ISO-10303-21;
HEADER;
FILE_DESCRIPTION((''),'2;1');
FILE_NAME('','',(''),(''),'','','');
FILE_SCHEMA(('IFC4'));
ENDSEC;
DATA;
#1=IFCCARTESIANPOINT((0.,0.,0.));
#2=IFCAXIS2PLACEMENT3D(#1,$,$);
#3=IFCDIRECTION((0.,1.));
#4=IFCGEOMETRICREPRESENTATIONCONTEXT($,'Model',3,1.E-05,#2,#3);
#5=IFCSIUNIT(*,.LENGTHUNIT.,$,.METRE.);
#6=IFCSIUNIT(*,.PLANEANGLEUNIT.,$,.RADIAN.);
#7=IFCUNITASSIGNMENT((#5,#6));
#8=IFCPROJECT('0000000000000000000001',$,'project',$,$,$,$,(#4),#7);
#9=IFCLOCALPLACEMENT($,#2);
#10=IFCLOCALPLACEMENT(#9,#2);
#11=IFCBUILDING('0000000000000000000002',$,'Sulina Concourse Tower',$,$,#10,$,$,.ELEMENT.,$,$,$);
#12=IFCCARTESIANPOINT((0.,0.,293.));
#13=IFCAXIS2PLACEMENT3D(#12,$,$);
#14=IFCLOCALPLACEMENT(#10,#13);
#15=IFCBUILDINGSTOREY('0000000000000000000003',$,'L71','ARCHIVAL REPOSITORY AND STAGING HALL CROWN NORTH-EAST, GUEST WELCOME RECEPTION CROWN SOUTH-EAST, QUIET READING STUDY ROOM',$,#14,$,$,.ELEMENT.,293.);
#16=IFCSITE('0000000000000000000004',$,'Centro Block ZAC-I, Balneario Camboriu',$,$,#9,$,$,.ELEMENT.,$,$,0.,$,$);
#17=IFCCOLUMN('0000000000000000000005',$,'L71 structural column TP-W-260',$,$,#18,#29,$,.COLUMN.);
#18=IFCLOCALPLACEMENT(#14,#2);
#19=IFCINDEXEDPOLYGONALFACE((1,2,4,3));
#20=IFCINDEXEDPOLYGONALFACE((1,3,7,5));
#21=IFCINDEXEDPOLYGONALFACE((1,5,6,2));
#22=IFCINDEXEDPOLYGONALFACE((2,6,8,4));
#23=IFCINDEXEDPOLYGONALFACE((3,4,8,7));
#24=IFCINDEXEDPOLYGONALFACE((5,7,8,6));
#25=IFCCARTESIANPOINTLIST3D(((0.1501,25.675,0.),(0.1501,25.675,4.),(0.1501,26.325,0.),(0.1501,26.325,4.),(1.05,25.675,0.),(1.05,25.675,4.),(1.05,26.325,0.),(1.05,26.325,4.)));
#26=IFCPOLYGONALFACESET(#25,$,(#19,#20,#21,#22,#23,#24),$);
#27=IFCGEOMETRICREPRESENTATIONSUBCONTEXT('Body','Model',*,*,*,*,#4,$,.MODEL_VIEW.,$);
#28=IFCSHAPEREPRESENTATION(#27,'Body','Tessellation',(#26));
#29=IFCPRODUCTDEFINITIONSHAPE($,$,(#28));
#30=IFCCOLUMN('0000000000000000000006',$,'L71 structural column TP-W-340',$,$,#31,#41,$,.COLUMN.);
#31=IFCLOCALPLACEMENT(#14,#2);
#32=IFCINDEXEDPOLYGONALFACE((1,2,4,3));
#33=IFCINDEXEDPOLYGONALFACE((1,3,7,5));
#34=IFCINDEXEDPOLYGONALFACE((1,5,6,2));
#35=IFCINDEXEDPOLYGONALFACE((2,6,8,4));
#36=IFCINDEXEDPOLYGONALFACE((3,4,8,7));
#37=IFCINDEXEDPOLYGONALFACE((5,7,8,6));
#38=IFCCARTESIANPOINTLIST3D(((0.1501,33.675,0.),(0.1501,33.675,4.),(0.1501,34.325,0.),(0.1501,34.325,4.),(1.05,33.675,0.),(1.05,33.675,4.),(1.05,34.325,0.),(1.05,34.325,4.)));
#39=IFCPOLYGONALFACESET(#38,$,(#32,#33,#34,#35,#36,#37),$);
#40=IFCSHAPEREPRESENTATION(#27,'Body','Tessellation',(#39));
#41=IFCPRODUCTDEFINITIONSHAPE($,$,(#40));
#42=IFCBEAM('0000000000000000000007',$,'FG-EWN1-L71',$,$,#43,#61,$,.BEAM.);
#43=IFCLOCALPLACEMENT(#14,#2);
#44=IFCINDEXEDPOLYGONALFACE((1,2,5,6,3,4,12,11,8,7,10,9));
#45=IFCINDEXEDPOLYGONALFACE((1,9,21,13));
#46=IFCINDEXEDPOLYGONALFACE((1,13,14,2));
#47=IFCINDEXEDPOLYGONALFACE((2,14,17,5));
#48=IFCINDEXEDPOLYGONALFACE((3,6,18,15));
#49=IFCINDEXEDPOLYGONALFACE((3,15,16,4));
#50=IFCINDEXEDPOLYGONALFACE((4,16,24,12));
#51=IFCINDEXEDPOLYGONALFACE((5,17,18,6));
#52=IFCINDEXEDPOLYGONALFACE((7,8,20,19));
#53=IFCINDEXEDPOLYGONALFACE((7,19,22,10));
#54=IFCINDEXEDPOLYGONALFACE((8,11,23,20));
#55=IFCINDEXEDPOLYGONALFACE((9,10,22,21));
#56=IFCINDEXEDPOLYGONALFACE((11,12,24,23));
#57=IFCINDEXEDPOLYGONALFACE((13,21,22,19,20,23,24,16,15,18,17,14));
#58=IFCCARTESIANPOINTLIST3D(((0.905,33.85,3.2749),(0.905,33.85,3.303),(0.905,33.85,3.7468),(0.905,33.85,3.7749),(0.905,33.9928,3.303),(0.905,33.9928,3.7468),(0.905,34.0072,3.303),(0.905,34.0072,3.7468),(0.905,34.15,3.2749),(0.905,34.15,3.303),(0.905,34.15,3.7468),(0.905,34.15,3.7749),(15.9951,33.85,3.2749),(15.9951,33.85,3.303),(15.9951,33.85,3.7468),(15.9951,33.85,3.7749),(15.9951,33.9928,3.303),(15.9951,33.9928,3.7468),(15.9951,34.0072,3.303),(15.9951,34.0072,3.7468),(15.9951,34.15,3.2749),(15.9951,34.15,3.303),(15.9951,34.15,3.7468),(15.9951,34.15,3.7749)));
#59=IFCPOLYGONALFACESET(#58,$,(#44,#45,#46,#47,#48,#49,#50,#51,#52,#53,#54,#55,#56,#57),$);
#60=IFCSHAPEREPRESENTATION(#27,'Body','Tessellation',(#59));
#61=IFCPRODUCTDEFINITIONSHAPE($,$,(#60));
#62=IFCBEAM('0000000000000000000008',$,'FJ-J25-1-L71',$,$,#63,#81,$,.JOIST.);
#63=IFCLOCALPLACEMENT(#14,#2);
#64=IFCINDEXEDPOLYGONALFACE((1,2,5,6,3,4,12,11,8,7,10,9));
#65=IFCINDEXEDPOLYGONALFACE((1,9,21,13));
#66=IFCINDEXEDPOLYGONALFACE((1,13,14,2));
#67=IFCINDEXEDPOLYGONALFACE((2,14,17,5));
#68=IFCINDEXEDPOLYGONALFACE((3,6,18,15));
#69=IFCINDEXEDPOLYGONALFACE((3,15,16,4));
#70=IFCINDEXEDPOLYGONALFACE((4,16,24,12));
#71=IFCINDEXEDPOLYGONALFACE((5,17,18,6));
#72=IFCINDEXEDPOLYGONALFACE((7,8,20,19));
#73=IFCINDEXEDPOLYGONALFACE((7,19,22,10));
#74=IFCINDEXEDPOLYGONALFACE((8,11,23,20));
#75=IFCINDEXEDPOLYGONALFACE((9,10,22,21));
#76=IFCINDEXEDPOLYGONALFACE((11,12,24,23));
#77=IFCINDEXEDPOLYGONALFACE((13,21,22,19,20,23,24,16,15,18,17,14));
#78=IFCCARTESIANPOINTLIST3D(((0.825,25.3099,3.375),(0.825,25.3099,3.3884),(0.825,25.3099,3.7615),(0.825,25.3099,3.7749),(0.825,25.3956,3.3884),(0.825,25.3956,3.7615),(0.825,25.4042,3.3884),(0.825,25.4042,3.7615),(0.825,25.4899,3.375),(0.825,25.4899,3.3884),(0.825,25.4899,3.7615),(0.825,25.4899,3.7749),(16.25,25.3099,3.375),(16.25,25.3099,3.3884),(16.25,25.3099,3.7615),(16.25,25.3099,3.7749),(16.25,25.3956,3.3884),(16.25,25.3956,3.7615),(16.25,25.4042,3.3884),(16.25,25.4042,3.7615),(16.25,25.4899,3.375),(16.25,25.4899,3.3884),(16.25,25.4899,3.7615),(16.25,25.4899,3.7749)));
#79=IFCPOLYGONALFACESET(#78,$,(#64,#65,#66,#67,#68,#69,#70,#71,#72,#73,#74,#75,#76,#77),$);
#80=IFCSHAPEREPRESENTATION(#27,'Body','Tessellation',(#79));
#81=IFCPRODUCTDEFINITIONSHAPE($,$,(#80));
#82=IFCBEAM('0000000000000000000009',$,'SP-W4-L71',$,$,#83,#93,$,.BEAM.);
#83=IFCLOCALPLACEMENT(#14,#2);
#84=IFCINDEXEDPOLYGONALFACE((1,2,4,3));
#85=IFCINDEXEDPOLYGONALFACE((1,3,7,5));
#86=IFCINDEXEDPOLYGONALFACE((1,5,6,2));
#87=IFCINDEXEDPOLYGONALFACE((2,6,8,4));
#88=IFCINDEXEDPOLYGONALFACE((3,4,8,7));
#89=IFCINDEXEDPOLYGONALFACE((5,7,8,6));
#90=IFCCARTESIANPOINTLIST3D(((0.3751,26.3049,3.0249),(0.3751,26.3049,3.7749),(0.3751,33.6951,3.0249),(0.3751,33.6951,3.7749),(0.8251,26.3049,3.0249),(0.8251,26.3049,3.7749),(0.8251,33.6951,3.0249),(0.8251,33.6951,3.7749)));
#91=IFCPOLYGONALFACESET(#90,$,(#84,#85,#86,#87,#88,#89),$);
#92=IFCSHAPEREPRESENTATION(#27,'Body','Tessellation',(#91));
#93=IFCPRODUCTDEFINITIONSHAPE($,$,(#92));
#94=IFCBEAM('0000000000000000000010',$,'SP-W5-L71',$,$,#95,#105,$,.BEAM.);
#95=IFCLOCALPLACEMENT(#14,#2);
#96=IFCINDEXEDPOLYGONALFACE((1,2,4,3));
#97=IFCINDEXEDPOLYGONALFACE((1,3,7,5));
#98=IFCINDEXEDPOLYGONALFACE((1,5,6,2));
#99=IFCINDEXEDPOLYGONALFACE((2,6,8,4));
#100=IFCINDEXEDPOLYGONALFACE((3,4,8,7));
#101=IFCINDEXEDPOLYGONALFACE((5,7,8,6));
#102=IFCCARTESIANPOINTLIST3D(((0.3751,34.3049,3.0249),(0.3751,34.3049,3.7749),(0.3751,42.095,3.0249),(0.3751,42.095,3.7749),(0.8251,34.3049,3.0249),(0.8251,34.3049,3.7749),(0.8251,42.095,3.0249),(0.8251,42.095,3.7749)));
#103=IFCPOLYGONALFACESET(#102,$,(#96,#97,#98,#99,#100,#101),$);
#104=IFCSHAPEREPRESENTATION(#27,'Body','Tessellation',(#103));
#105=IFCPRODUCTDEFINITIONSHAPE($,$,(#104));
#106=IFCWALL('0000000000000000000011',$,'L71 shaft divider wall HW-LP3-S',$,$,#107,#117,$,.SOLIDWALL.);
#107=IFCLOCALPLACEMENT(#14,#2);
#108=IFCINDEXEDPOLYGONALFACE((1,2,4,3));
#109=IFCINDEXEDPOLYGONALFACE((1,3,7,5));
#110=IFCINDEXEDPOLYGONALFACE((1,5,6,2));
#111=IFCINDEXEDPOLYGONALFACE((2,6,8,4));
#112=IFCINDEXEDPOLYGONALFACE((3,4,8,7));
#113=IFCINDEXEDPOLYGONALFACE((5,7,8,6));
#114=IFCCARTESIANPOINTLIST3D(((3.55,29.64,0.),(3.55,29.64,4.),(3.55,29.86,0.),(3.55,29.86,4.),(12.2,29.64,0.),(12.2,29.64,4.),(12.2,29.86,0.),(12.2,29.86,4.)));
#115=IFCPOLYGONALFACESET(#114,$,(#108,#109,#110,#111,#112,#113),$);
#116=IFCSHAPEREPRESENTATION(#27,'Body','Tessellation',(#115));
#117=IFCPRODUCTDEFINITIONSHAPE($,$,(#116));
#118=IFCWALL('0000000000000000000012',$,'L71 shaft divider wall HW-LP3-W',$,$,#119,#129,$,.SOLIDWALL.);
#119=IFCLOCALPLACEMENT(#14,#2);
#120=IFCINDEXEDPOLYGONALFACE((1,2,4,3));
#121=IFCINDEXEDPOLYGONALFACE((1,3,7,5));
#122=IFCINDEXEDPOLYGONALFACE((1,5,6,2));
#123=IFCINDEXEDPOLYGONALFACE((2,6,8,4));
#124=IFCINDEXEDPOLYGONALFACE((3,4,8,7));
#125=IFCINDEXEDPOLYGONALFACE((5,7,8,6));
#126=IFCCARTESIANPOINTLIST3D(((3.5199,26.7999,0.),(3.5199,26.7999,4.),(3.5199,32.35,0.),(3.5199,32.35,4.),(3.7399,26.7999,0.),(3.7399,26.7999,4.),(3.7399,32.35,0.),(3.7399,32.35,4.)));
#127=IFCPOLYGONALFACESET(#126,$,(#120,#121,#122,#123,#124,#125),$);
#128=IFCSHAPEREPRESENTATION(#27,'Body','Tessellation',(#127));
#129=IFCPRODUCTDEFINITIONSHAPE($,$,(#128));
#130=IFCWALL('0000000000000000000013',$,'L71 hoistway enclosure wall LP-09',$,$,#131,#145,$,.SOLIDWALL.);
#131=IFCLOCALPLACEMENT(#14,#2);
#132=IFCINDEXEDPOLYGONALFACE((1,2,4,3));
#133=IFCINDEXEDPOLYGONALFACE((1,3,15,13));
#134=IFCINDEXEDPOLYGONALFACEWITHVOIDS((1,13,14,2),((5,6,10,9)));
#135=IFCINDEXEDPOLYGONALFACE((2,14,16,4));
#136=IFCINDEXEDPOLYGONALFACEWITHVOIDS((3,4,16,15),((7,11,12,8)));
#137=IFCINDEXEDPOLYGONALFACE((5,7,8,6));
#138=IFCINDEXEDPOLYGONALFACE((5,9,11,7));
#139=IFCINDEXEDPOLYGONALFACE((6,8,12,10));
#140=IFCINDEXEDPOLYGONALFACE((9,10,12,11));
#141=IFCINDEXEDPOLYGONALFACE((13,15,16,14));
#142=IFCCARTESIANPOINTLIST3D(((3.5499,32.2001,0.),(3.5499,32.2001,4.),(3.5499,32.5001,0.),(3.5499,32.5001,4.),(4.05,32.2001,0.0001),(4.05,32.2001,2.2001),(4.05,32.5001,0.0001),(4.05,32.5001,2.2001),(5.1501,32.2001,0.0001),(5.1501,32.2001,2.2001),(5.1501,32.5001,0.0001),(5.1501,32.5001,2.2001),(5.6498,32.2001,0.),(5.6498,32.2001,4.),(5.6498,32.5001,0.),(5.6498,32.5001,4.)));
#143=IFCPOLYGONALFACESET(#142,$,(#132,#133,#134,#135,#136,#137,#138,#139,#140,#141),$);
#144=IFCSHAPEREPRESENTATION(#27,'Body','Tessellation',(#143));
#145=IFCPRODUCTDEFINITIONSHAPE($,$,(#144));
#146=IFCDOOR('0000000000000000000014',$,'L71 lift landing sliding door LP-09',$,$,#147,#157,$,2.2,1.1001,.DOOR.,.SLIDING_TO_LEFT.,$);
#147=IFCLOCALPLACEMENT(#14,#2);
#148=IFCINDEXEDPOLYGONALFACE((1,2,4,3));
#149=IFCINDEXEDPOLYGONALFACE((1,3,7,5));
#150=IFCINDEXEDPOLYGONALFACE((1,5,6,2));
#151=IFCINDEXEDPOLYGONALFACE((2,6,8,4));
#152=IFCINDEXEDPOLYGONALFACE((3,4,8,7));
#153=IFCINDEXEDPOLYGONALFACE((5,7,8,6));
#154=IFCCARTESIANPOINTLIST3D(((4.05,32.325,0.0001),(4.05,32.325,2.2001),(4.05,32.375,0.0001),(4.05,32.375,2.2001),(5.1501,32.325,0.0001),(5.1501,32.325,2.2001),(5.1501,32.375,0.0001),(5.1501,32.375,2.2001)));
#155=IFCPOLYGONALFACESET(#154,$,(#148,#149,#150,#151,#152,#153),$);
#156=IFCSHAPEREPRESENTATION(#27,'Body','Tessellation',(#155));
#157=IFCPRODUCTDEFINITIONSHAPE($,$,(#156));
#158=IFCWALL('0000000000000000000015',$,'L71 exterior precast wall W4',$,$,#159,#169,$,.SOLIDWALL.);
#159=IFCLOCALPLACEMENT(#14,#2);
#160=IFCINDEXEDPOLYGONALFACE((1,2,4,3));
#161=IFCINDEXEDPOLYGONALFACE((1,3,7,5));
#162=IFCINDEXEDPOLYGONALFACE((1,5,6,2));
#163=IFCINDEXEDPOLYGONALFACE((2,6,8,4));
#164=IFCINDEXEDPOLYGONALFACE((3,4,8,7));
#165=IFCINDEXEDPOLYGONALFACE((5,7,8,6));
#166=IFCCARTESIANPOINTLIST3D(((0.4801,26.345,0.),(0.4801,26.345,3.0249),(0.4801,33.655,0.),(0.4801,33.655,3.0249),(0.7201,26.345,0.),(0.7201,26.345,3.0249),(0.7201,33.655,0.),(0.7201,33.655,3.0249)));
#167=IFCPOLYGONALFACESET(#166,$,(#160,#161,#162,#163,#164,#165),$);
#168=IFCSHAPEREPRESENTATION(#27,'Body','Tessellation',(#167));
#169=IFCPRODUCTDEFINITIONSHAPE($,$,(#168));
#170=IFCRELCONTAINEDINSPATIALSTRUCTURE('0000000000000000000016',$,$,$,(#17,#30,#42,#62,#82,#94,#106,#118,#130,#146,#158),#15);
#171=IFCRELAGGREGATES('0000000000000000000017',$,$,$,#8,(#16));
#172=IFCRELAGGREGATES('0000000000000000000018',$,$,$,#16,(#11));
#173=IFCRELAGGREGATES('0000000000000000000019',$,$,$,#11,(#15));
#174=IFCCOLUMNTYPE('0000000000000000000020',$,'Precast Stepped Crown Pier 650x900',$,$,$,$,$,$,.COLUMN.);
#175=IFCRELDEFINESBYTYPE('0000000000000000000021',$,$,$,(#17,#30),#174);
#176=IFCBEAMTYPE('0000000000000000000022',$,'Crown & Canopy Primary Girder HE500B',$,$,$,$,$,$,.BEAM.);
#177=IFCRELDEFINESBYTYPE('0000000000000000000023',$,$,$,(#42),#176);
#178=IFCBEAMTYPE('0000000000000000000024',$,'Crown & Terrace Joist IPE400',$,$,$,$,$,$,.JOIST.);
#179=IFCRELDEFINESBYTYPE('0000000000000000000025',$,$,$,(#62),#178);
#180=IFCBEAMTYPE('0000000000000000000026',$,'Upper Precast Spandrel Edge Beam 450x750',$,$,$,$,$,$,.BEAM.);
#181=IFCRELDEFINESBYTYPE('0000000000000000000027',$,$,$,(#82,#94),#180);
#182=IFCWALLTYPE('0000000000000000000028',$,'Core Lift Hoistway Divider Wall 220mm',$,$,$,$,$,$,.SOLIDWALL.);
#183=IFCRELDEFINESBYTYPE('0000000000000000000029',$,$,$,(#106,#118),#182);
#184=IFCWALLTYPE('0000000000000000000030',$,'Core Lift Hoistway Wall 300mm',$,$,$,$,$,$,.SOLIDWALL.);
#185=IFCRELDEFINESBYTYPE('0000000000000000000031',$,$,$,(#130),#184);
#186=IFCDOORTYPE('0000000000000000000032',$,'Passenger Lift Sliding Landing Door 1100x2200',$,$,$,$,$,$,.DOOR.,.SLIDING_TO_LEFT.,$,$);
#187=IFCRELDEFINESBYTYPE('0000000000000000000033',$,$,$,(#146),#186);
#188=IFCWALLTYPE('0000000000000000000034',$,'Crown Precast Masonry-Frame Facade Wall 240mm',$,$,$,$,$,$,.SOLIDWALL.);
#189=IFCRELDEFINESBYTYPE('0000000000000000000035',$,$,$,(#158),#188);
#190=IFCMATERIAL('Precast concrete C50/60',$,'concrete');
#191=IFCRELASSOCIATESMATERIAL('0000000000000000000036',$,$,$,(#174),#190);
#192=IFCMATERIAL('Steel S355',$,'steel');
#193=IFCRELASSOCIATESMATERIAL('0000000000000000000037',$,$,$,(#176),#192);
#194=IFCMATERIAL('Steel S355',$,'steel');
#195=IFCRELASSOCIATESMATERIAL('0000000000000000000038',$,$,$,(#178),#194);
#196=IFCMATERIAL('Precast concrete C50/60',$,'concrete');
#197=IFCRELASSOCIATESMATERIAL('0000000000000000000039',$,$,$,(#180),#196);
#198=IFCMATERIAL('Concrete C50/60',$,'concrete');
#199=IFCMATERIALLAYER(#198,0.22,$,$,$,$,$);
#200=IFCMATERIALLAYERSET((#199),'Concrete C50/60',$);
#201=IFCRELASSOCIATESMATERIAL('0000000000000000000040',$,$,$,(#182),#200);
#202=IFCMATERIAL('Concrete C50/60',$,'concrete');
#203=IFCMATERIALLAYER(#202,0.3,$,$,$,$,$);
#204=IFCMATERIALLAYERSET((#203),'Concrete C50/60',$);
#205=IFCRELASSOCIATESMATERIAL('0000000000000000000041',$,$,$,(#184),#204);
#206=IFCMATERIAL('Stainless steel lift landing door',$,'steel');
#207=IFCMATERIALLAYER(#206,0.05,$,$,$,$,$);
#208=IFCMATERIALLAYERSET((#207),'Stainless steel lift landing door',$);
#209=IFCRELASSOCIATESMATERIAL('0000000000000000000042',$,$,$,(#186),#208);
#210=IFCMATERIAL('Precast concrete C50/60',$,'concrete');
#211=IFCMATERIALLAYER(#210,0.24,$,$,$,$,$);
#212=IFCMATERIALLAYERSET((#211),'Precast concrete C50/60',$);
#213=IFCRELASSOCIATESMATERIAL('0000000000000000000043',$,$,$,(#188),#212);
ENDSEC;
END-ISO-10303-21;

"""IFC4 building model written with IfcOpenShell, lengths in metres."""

from ifc_helpers import new_model, si_unit, direction, frame, frame_2d, origin, origin_2d, place, context, subcontext, project, spatial, rectangle, i_section, extrude, material, layer, layer_set, material_profile, profile_set, type_object, element, fill, save


model = new_model("IFC4")

# Units and contexts
model_context = context("Model", 3, precision=1e-05, world=origin(), true_north=direction((0.0, 1.0)))
body_context = subcontext(model_context, "Body", "Model", "MODEL_VIEW")
ifc_project = project(units=[si_unit("LENGTHUNIT", "METRE"), si_unit("PLANEANGLEUNIT", "RADIAN")], contexts=[model_context])

# Site, building, storey
site_placement = place(None, origin())
site = spatial("IfcSite", under=ifc_project, at=site_placement, Name="Centro Block ZAC-I, Balneario Camboriu", CompositionType="ELEMENT", RefElevation=0.0)
building_placement = place(site_placement, origin())
building = spatial("IfcBuilding", under=site, at=building_placement, Name="Sulina Concourse Tower", CompositionType="ELEMENT")
storey_placement = place(building_placement, frame((0.0, 0.0, 293.0)))
storey = spatial("IfcBuildingStorey", under=building, at=storey_placement, Name="L71", Description="ARCHIVAL REPOSITORY AND STAGING HALL CROWN NORTH-EAST, GUEST WELCOME RECEPTION CROWN SOUTH-EAST, QUIET READING STUDY ROOM", CompositionType="ELEMENT", Elevation=293.0)

# Columns
ifc_material_1 = material(Name="Precast concrete C50/60", Category="concrete")
ifc_material_profile_1 = material_profile(ifc_material_1, rectangle(XDim=0.6499, YDim=0.8999, at=origin_2d()), Name="PC 650x900")
ifc_profile_set_1 = profile_set([ifc_material_profile_1], Name="Precast concrete C50/60")
column_type = type_object("IfcColumnType", Name="Precast Stepped Crown Pier 650x900", PredefinedType="COLUMN", material=ifc_profile_set_1)
for number, where, z_axis, x_axis, name in (
    (1, (0.6001, 26.0, 0.0), (0.0, 0.0, 1.0), (0.0, 1.0, 0.0), "L71 structural column TP-W-260"),
    (2, (0.6001, 34.0, 0.0), (0.0, 0.0, 1.0), (0.0, 1.0, 0.0), "L71 structural column TP-W-340"),
):
    element("IfcColumn", number, at=place(storey_placement, frame(where, z_axis=z_axis, x_axis=x_axis)), inside=storey, type_object=column_type, Name=name, PredefinedType="COLUMN", context=body_context, shape_type="SweptSolid", body=[
        extrude(rectangle(XDim=0.6499, YDim=0.8999, at=origin_2d()), origin(), (0.0, 0.0, 1.0), 4.0),
    ])

# Beams
ifc_material_2 = material(Name="Steel S355", Category="steel")
ifc_material_profile_2 = material_profile(ifc_material_2, i_section(OverallWidth=0.3, OverallDepth=0.5, WebThickness=0.0144, FlangeThickness=0.0281, at=origin_2d()), Name="HE 500 B")
ifc_profile_set_2 = profile_set([ifc_material_profile_2], Name="Steel S355")
beam_type_1 = type_object("IfcBeamType", Name="Crown & Canopy Primary Girder HE500B", PredefinedType="BEAM", material=ifc_profile_set_2)
beam_1_placement = place(storey_placement, frame((0.905, 34.0, 3.5249), z_axis=(1.0, 0.0, 0.0), x_axis=(0.0, 1.0, 0.0)))
element("IfcBeam", 3, at=beam_1_placement, inside=storey, type_object=beam_type_1, Name="FG-EWN1-L71", PredefinedType="BEAM", context=body_context, shape_type="SweptSolid", body=[
    extrude(i_section(OverallWidth=0.3, OverallDepth=0.5, WebThickness=0.0144, FlangeThickness=0.0281, at=origin_2d()), origin(), (0.0, 0.0, 1.0), 15.0901),
])
ifc_material_3 = material(Name="Steel S355", Category="steel")
ifc_material_profile_3 = material_profile(ifc_material_3, i_section(OverallWidth=0.1799, OverallDepth=0.3999, WebThickness=0.0085, FlangeThickness=0.0134, at=origin_2d()), Name="IPE 400")
ifc_profile_set_3 = profile_set([ifc_material_profile_3], Name="Steel S355")
beam_type_2 = type_object("IfcBeamType", Name="Crown & Terrace Joist IPE400", PredefinedType="JOIST", material=ifc_profile_set_3)
beam_2_placement = place(storey_placement, frame((0.825, 25.3999, 3.575), z_axis=(1.0, 0.0, 0.0), x_axis=(0.0, 1.0, 0.0)))
element("IfcBeam", 4, at=beam_2_placement, inside=storey, type_object=beam_type_2, Name="FJ-J25-1-L71", PredefinedType="JOIST", context=body_context, shape_type="SweptSolid", body=[
    extrude(i_section(OverallWidth=0.1799, OverallDepth=0.3999, WebThickness=0.0085, FlangeThickness=0.0134, at=origin_2d()), origin(), (0.0, 0.0, 1.0), 15.425),
])
ifc_material_4 = material(Name="Precast concrete C50/60", Category="concrete")
ifc_material_profile_4 = material_profile(ifc_material_4, rectangle(XDim=0.45, YDim=0.75, at=origin_2d()), Name="RC 450x750")
ifc_profile_set_4 = profile_set([ifc_material_profile_4], Name="Precast concrete C50/60")
beam_type_3 = type_object("IfcBeamType", Name="Upper Precast Spandrel Edge Beam 450x750", PredefinedType="BEAM", material=ifc_profile_set_4)
beam_3_placement = place(storey_placement, frame((0.6001, 26.3049, 3.3999), z_axis=(0.0, 1.0, 0.0), x_axis=(-1.0, 0.0, 0.0)))
element("IfcBeam", 5, at=beam_3_placement, inside=storey, type_object=beam_type_3, Name="SP-W4-L71", PredefinedType="BEAM", context=body_context, shape_type="SweptSolid", body=[
    extrude(rectangle(XDim=0.45, YDim=0.75, at=origin_2d()), origin(), (0.0, 0.0, 1.0), 7.3901),
])
beam_4_placement = place(storey_placement, frame((0.6001, 34.3049, 3.3999), z_axis=(0.0, 1.0, 0.0), x_axis=(-1.0, 0.0, 0.0)))
element("IfcBeam", 6, at=beam_4_placement, inside=storey, type_object=beam_type_3, Name="SP-W5-L71", PredefinedType="BEAM", context=body_context, shape_type="SweptSolid", body=[
    extrude(rectangle(XDim=0.45, YDim=0.75, at=origin_2d()), origin(), (0.0, 0.0, 1.0), 7.79),
])

# Walls
ifc_material_5 = material(Name="Concrete C50/60", Category="concrete")
ifc_layer_1 = layer(ifc_material_5, 0.22)
ifc_layer_set_1 = layer_set([ifc_layer_1], Name="Concrete C50/60")
wall_type_1 = type_object("IfcWallType", Name="Core Lift Hoistway Divider Wall 220mm", PredefinedType="SOLIDWALL", material=ifc_layer_set_1)
wall_1_placement = place(storey_placement, frame((3.55, 29.75, 0.0), z_axis=(0.0, 0.0, 1.0), x_axis=(1.0, 0.0, 0.0)))
element("IfcWall", 7, at=wall_1_placement, inside=storey, type_object=wall_type_1, Name="L71 shaft divider wall HW-LP3-S", PredefinedType="SOLIDWALL", context=body_context, shape_type="SweptSolid", body=[
    extrude(rectangle(XDim=8.6499, YDim=0.22, at=frame_2d((4.325, 0.0))), origin(), (0.0, 0.0, 1.0), 4.0),
])
wall_2_placement = place(storey_placement, frame((3.6299, 26.8, 0.0), z_axis=(0.0, 0.0, 1.0), x_axis=(0.0, 1.0, 0.0)))
element("IfcWall", 8, at=wall_2_placement, inside=storey, type_object=wall_type_1, Name="L71 shaft divider wall HW-LP3-W", PredefinedType="SOLIDWALL", context=body_context, shape_type="SweptSolid", body=[
    extrude(rectangle(XDim=5.55, YDim=0.22, at=frame_2d((2.7749, 0.0))), origin(), (0.0, 0.0, 1.0), 4.0),
])

# Wall, opening, door
ifc_material_6 = material(Name="Concrete C50/60", Category="concrete")
ifc_layer_2 = layer(ifc_material_6, 0.3)
ifc_layer_set_2 = layer_set([ifc_layer_2], Name="Concrete C50/60")
wall_type_2 = type_object("IfcWallType", Name="Core Lift Hoistway Wall 300mm", PredefinedType="SOLIDWALL", material=ifc_layer_set_2)
wall_3_placement = place(storey_placement, frame((3.55, 32.3501, 0.0), z_axis=(0.0, 0.0, 1.0), x_axis=(1.0, 0.0, 0.0)))
wall_3 = element("IfcWall", 9, at=wall_3_placement, inside=storey, type_object=wall_type_2, Name="L71 hoistway enclosure wall LP-09", PredefinedType="SOLIDWALL", context=body_context, shape_type="SweptSolid", body=[
    extrude(rectangle(XDim=2.0999, YDim=0.3, at=frame_2d((1.0498, 0.0))), origin(), (0.0, 0.0, 1.0), 4.0),
])
opening_1_placement = place(wall_3_placement, frame((0.5, 0.0, 0.0)))
opening_1 = element("IfcOpeningElement", 10, at=opening_1_placement, cuts=wall_3, PredefinedType="OPENING", context=body_context, shape_type="SweptSolid", body=[
    extrude(rectangle(XDim=1.1001, YDim=2.2, at=frame_2d((0.55, 1.1001))), frame((0.0, 0.1599, 0.0), z_axis=(0.0, -1.0, 0.0), x_axis=(1.0, 0.0, 0.0)), (0.0, 0.0, 1.0), 0.3201),
])
ifc_material_7 = material(Name="Stainless steel lift landing door", Category="steel")
ifc_layer_3 = layer(ifc_material_7, 0.05)
ifc_layer_set_3 = layer_set([ifc_layer_3], Name="Stainless steel lift landing door")
door_type_1 = type_object("IfcDoorType", Name="Passenger Lift Sliding Landing Door 1100x2200", OperationType="SLIDING_TO_LEFT", PredefinedType="DOOR", material=ifc_layer_set_3)
door_1_placement = place(opening_1_placement, origin())
door_1 = element("IfcDoor", 11, at=door_1_placement, inside=storey, type_object=door_type_1, Name="L71 lift landing sliding door LP-09", OperationType="SLIDING_TO_LEFT", OverallHeight=2.2, OverallWidth=1.1001, PredefinedType="DOOR", context=body_context, shape_type="SweptSolid", body=[
    extrude(rectangle(XDim=1.1001, YDim=2.2, at=frame_2d((0.55, 1.1001))), frame((0.0, 0.0249, 0.0), z_axis=(0.0, -1.0, 0.0), x_axis=(1.0, 0.0, 0.0)), (0.0, 0.0, 1.0), 0.05),
])
fill(opening_1, door_1)

# Wall
ifc_material_8 = material(Name="Precast concrete C50/60", Category="concrete")
ifc_layer_4 = layer(ifc_material_8, 0.24)
ifc_layer_set_4 = layer_set([ifc_layer_4], Name="Precast concrete C50/60")
wall_type_3 = type_object("IfcWallType", Name="Crown Precast Masonry-Frame Facade Wall 240mm", PredefinedType="SOLIDWALL", material=ifc_layer_set_4)
wall_4_placement = place(storey_placement, frame((0.6001, 26.345, 0.0), z_axis=(0.0, 0.0, 1.0), x_axis=(0.0, 1.0, 0.0)))
element("IfcWall", 12, at=wall_4_placement, inside=storey, type_object=wall_type_3, Name="L71 exterior precast wall W4", PredefinedType="SOLIDWALL", context=body_context, shape_type="SweptSolid", body=[
    extrude(rectangle(XDim=7.3101, YDim=0.24, at=frame_2d((3.655, 0.0))), origin(), (0.0, 0.0, 1.0), 3.0249),
])

save(model, "model.ifc")
